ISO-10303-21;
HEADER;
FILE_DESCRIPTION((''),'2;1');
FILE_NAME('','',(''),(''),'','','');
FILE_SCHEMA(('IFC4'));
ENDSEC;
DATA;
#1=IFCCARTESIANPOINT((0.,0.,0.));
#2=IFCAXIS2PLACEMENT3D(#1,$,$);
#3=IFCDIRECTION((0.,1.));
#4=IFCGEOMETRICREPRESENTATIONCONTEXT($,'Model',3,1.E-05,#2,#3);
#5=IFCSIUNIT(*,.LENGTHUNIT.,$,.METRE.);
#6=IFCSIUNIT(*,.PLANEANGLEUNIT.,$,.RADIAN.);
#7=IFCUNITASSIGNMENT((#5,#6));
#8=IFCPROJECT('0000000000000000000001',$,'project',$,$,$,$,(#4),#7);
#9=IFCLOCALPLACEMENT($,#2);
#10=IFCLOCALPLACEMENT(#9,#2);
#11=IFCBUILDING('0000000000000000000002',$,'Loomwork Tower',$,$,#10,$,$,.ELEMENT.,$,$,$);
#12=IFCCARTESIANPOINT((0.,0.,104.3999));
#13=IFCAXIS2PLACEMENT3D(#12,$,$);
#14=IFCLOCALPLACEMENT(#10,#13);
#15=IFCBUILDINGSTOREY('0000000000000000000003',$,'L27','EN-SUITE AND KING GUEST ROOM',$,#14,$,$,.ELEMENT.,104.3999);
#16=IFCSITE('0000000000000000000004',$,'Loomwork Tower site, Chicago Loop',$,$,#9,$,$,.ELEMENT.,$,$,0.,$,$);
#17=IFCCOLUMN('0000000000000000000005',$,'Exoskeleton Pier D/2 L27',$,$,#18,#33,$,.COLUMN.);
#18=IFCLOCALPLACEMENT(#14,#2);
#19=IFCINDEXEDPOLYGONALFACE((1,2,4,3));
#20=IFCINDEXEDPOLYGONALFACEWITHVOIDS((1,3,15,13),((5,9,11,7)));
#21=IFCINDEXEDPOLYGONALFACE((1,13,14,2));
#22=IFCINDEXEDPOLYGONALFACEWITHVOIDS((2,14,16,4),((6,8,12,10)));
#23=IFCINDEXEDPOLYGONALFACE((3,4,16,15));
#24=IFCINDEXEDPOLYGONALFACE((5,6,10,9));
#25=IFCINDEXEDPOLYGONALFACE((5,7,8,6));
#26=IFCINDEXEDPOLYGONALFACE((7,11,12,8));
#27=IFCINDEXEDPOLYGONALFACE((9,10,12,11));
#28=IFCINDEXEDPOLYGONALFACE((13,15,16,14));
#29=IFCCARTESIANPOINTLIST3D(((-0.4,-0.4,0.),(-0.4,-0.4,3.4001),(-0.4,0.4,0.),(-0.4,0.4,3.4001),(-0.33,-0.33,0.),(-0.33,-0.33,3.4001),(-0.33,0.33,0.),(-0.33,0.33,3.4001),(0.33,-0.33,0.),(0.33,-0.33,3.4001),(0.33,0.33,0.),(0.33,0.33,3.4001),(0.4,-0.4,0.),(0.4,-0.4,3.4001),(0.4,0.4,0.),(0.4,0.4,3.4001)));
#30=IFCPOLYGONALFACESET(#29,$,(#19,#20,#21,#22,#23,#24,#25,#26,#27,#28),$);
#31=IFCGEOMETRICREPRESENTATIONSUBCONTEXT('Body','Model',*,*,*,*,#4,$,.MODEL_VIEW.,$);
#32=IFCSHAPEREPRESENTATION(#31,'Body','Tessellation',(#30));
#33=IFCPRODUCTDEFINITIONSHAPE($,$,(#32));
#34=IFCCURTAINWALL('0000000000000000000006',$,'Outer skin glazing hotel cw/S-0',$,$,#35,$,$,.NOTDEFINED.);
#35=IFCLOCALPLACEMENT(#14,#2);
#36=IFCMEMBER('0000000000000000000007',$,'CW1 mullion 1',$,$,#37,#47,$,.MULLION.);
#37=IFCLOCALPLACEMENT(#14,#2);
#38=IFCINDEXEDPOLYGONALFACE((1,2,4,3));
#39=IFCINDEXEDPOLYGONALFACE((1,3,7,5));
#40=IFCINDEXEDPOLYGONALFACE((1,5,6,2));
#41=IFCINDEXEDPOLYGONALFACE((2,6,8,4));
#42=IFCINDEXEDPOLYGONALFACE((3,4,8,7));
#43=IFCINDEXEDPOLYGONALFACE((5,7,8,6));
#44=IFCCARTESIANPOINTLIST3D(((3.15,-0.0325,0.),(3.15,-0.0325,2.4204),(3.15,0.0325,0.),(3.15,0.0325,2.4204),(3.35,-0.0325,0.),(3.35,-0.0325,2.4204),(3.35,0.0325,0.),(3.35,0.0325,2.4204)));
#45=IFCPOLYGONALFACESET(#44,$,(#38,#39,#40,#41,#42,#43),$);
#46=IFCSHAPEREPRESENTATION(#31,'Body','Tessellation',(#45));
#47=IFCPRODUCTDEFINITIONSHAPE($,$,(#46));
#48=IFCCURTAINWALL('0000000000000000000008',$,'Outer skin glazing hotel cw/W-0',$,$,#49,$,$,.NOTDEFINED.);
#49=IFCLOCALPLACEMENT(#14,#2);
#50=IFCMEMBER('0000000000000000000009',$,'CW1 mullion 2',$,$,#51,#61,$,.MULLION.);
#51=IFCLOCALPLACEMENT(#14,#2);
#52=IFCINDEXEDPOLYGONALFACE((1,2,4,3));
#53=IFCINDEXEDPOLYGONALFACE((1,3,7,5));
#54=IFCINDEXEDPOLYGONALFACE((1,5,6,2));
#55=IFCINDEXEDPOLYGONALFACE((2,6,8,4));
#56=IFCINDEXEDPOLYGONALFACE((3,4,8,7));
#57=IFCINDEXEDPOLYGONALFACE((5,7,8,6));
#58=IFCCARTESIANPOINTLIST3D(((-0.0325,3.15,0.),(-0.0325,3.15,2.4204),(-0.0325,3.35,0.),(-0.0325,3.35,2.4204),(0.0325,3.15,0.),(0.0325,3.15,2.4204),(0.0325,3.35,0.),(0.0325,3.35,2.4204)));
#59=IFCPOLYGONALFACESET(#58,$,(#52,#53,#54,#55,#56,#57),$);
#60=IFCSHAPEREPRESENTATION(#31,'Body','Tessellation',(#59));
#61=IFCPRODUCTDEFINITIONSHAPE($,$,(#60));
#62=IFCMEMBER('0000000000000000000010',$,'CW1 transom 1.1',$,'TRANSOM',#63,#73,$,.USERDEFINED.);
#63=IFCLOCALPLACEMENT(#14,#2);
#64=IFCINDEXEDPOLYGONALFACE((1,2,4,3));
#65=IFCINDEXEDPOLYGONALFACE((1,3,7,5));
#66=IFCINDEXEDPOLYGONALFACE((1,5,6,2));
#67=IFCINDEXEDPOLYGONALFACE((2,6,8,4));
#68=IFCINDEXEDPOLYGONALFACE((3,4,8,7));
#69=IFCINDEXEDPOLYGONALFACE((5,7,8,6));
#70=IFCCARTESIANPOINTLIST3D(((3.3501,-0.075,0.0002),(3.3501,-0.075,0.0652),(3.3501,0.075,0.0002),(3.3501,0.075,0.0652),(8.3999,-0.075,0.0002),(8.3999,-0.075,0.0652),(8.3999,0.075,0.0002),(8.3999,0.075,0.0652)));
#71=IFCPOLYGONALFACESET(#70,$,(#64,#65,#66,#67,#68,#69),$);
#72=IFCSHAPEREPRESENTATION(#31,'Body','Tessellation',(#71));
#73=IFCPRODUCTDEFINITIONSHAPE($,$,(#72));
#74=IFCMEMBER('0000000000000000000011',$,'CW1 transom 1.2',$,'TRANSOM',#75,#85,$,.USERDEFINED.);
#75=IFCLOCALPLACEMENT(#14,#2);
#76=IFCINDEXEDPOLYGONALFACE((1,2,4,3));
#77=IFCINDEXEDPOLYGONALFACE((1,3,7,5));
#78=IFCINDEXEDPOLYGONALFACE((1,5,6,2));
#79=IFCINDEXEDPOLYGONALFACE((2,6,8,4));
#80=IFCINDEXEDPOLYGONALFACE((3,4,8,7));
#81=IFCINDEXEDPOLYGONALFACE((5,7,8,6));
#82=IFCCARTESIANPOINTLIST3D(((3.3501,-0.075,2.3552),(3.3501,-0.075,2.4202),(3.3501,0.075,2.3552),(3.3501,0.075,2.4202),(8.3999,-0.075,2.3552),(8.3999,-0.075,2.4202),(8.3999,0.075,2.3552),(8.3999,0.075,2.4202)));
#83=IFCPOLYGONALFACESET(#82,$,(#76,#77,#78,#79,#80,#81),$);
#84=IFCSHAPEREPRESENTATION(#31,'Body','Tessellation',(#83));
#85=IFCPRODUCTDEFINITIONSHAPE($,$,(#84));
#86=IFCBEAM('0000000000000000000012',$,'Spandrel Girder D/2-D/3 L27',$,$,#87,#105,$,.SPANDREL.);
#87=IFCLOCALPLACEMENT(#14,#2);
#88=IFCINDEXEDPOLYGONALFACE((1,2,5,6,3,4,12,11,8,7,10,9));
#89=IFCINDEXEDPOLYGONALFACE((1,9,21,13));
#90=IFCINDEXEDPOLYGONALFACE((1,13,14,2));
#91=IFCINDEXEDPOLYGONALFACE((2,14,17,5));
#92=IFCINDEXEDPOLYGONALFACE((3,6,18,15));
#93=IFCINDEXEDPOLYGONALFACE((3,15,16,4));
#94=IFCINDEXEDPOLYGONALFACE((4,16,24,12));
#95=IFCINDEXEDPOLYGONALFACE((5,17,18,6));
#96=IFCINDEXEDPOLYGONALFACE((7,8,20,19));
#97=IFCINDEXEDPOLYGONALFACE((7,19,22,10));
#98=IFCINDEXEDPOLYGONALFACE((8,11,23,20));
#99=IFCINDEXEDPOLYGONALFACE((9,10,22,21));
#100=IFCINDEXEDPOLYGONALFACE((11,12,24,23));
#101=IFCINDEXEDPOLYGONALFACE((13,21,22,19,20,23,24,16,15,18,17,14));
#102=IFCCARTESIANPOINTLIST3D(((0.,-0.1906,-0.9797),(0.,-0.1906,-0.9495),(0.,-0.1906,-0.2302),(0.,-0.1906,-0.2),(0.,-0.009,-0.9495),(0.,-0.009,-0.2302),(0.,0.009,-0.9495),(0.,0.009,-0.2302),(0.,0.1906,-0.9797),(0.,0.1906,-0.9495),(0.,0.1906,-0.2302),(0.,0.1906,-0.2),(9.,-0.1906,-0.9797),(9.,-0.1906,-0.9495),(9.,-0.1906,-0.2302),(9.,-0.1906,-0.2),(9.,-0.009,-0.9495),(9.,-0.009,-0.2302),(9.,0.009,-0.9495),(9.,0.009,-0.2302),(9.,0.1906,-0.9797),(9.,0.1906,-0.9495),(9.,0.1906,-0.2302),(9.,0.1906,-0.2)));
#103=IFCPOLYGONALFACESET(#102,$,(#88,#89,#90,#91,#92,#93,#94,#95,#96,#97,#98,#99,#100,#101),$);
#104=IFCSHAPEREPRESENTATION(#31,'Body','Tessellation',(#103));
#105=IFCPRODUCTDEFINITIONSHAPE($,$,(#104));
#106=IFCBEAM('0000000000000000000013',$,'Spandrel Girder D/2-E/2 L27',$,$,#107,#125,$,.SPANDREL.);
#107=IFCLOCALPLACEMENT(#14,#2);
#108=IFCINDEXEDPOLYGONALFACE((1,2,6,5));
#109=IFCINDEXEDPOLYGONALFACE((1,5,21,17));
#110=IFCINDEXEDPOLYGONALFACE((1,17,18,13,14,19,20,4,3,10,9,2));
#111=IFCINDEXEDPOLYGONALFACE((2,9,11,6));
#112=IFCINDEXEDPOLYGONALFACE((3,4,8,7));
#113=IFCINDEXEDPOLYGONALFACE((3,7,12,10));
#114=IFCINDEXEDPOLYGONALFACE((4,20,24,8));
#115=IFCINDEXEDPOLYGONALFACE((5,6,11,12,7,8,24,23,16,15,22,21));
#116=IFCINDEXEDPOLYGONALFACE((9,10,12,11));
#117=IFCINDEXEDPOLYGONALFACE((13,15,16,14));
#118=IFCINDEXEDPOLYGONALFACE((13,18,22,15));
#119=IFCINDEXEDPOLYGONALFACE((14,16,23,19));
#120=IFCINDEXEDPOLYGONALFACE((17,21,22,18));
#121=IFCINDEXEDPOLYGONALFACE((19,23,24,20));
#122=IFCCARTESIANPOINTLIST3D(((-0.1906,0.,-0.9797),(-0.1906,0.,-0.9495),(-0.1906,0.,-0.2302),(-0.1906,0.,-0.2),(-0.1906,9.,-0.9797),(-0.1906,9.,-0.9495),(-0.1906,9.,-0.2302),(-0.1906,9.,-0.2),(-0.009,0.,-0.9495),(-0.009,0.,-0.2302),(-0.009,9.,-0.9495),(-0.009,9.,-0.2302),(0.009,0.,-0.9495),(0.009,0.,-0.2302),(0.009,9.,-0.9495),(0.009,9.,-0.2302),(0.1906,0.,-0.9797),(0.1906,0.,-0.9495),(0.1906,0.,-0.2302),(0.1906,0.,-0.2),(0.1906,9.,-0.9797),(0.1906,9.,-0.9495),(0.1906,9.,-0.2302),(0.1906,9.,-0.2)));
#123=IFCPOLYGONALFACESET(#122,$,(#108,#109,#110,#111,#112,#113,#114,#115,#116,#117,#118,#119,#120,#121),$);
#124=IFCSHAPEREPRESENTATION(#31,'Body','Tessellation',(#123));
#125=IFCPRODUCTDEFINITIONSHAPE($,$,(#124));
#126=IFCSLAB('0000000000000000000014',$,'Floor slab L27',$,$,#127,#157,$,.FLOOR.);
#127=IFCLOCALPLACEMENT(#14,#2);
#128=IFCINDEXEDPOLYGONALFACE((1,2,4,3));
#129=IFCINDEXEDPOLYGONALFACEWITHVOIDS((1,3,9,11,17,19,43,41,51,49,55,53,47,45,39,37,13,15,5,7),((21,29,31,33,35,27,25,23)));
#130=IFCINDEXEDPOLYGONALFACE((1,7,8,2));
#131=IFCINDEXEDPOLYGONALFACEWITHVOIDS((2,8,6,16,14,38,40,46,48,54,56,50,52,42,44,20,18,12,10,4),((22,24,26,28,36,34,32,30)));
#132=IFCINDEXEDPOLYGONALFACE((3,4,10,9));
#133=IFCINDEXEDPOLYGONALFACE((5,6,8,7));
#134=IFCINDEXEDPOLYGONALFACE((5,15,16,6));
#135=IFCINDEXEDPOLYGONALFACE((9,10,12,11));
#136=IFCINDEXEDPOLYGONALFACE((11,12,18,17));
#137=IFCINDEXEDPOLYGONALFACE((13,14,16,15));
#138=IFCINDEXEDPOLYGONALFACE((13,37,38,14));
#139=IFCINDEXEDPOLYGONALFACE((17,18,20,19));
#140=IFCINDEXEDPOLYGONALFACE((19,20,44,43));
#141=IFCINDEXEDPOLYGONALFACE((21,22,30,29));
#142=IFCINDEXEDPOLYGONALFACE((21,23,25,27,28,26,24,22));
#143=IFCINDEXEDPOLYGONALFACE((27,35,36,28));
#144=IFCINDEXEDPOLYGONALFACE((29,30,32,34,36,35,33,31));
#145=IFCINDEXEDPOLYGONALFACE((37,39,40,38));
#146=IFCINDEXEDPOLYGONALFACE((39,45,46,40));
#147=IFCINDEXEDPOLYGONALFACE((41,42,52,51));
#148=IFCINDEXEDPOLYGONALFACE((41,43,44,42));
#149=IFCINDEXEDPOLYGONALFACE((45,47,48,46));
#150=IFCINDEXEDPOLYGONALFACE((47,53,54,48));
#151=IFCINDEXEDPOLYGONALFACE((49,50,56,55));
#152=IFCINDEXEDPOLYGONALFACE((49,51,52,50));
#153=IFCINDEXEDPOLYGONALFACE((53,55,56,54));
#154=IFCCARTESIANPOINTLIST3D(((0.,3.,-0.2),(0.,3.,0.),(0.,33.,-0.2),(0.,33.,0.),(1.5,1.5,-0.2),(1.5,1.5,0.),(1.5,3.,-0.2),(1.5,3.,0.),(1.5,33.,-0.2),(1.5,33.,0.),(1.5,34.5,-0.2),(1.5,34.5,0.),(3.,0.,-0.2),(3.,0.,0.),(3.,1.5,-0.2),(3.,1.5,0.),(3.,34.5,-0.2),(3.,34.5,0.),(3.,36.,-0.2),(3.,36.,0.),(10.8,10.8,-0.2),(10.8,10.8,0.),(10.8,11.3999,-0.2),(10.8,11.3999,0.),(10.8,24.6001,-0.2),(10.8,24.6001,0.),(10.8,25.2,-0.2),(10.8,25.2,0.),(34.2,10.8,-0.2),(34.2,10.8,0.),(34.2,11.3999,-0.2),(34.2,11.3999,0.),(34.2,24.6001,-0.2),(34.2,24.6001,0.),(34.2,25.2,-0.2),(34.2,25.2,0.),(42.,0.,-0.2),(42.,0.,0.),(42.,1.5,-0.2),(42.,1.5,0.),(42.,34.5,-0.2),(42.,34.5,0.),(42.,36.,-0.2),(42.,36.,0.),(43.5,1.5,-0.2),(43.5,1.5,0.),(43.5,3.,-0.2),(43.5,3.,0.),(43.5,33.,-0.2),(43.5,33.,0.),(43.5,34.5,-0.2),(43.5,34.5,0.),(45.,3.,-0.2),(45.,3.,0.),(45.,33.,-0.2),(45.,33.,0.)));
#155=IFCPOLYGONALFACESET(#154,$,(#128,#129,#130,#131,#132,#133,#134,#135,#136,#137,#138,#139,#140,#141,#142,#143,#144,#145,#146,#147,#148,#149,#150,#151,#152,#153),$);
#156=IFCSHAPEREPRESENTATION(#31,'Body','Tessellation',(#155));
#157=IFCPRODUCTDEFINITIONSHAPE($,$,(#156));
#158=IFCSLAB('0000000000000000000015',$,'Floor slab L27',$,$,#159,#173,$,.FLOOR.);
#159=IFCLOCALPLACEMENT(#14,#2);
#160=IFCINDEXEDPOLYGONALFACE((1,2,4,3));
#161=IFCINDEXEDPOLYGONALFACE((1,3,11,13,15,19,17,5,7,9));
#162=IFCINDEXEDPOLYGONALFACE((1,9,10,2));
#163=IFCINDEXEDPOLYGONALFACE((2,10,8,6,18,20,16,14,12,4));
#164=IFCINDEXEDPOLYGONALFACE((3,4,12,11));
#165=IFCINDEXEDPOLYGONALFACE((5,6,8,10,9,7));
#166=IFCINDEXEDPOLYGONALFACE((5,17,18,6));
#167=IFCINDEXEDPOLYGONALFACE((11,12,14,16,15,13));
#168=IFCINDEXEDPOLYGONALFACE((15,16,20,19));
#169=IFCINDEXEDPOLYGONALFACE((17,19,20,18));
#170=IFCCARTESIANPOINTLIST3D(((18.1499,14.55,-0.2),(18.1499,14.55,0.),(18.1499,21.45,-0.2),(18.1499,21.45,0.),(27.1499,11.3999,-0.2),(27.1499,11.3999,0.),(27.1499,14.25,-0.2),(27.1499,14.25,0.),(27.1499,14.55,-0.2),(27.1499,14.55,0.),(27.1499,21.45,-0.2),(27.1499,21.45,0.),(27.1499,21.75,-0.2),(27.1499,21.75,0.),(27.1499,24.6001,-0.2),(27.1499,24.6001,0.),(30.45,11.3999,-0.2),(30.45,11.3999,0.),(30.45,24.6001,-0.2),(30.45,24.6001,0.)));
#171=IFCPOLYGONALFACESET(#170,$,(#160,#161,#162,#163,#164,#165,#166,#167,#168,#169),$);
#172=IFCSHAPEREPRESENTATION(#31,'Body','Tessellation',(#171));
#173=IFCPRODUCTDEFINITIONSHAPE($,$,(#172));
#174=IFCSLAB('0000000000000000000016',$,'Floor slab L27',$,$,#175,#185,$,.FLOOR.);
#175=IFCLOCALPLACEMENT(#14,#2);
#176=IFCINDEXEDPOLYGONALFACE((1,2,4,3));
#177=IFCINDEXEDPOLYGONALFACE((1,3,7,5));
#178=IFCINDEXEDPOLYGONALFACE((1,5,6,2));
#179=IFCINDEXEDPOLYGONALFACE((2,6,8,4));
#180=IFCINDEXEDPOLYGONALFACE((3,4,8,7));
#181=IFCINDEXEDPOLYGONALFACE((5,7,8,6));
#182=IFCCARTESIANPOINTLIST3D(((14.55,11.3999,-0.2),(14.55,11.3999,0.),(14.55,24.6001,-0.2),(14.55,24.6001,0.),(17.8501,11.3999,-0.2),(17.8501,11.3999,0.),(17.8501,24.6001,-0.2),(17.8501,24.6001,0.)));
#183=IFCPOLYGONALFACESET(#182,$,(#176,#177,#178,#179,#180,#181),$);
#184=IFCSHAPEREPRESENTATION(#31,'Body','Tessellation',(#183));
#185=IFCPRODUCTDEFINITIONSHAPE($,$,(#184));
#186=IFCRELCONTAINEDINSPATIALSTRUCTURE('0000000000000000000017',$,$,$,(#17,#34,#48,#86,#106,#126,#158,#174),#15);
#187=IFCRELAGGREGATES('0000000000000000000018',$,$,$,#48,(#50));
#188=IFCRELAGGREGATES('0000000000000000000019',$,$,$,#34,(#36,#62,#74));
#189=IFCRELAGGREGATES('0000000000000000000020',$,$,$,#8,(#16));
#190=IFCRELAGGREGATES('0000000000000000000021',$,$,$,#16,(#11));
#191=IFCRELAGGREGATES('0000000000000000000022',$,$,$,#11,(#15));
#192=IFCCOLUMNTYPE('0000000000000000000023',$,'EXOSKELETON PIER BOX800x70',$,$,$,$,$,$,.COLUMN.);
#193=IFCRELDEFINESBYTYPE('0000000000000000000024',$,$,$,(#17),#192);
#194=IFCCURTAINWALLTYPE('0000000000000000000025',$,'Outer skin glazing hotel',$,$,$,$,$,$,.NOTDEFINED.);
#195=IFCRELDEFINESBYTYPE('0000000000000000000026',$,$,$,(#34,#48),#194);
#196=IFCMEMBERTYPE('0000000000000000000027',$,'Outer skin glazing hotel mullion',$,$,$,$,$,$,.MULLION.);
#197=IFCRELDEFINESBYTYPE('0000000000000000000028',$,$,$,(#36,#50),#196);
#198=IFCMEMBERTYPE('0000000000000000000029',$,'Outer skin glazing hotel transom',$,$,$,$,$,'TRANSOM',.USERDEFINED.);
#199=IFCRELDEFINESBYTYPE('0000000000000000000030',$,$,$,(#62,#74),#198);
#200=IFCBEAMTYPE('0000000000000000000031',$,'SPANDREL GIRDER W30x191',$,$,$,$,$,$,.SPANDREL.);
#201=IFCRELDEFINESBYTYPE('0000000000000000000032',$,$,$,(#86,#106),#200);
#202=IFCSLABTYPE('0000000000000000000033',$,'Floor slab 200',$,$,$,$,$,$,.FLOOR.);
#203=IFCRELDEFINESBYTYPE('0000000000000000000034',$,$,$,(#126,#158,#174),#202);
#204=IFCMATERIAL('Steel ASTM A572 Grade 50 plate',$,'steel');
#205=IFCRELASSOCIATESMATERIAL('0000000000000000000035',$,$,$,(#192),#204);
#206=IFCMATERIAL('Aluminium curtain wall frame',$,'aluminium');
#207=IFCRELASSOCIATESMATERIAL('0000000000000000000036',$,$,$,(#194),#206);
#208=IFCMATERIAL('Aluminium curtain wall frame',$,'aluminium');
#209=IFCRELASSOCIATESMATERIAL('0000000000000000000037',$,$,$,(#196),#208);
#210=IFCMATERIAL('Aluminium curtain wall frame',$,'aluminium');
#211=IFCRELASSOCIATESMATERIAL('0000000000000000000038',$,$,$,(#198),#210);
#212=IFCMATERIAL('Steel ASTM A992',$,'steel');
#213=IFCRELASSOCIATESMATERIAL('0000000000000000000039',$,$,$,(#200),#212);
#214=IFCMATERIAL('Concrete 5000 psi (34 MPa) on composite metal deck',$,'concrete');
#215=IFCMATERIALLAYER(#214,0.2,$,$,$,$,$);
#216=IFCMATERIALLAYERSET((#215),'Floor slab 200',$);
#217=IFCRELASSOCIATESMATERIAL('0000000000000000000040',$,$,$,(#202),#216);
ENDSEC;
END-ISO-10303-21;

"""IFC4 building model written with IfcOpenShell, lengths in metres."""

from ifc_helpers import new_model, si_unit, direction, frame, origin, origin_with_axes, origin_2d, place, context, subcontext, project, spatial, polyline, rectangle, hollow_rectangle, i_section, outline, extrude, material, layer, layer_set, material_profile, profile_set, type_object, element, aggregate, save


model = new_model("IFC4")

# Units and contexts
model_context = context("Model", 3, precision=1e-05, world=origin(), true_north=direction((0.0, 1.0)))
body_context = subcontext(model_context, "Body", "Model", "MODEL_VIEW")
ifc_project = project(units=[si_unit("LENGTHUNIT", "METRE"), si_unit("PLANEANGLEUNIT", "RADIAN")], contexts=[model_context])

# Site, building, storey
site_placement = place(None, origin())
site = spatial("IfcSite", under=ifc_project, at=site_placement, Name="Loomwork Tower site, Chicago Loop", CompositionType="ELEMENT", RefElevation=0.0)
building_placement = place(site_placement, origin())
building = spatial("IfcBuilding", under=site, at=building_placement, Name="Loomwork Tower", CompositionType="ELEMENT")
storey_placement = place(building_placement, frame((0.0, 0.0, 104.3999)))
storey = spatial("IfcBuildingStorey", under=building, at=storey_placement, Name="L27", Description="EN-SUITE AND KING GUEST ROOM", CompositionType="ELEMENT", Elevation=104.3999)

# Column
ifc_material_1 = material(Name="Steel ASTM A572 Grade 50 plate", Category="steel")
ifc_material_profile_1 = material_profile(ifc_material_1, hollow_rectangle(XDim=0.8, YDim=0.8, WallThickness=0.0701, at=origin_2d()), Name="BOX800x70")
ifc_profile_set_1 = profile_set([ifc_material_profile_1], Name="Steel ASTM A572 Grade 50 plate")
column_type = type_object("IfcColumnType", Name="EXOSKELETON PIER BOX800x70", PredefinedType="COLUMN", material=ifc_profile_set_1)
column_placement = place(storey_placement, origin_with_axes())
element("IfcColumn", 1, at=column_placement, inside=storey, type_object=column_type, Name="Exoskeleton Pier D/2 L27", PredefinedType="COLUMN", context=body_context, shape_type="SweptSolid", body=[
    extrude(hollow_rectangle(XDim=0.8, YDim=0.8, WallThickness=0.0701, at=origin_2d()), origin(), (0.0, 0.0, 1.0), 3.4001),
])

# Curtain walls, members
ifc_material_2 = material(Name="Aluminium curtain wall frame", Category="aluminium")
curtain_wall_type = type_object("IfcCurtainWallType", Name="Outer skin glazing hotel", PredefinedType="NOTDEFINED", material=ifc_material_2)
curtain_wall_1_placement = place(storey_placement, origin())
curtain_wall_1 = element("IfcCurtainWall", 2, at=curtain_wall_1_placement, inside=storey, type_object=curtain_wall_type, Name="Outer skin glazing hotel cw/S-0", PredefinedType="NOTDEFINED")
ifc_material_3 = material(Name="Aluminium curtain wall frame", Category="aluminium")
ifc_material_profile_2 = material_profile(ifc_material_3, rectangle(XDim=0.0649, YDim=0.2, at=origin_2d()), Name="AL 65x200")
ifc_profile_set_2 = profile_set([ifc_material_profile_2], Name="Aluminium curtain wall frame")
member_type_1 = type_object("IfcMemberType", Name="Outer skin glazing hotel mullion", PredefinedType="MULLION", material=ifc_profile_set_2)
member_1_placement = place(storey_placement, frame((3.25, 0.0, 0.0), z_axis=(0.0, 0.0, 1.0), x_axis=(0.0, 1.0, 0.0)))
member_1 = element("IfcMember", 3, at=member_1_placement, type_object=member_type_1, Name="CW1 mullion 1", PredefinedType="MULLION", context=body_context, shape_type="SweptSolid", body=[
    extrude(rectangle(XDim=0.0649, YDim=0.2, at=origin_2d()), origin(), (0.0, 0.0, 1.0), 2.4204),
])
curtain_wall_2_placement = place(storey_placement, origin())
curtain_wall_2 = element("IfcCurtainWall", 4, at=curtain_wall_2_placement, inside=storey, type_object=curtain_wall_type, Name="Outer skin glazing hotel cw/W-0", PredefinedType="NOTDEFINED")
member_2_placement = place(storey_placement, frame((0.0, 3.25, 0.0), z_axis=(0.0, 0.0, 1.0), x_axis=(1.0, 0.0, 0.0)))
member_2 = element("IfcMember", 5, at=member_2_placement, type_object=member_type_1, Name="CW1 mullion 2", PredefinedType="MULLION", context=body_context, shape_type="SweptSolid", body=[
    extrude(rectangle(XDim=0.0649, YDim=0.2, at=origin_2d()), origin(), (0.0, 0.0, 1.0), 2.4204),
])
aggregate(curtain_wall_2, [member_2])

# Members
ifc_material_4 = material(Name="Aluminium curtain wall frame", Category="aluminium")
ifc_material_profile_3 = material_profile(ifc_material_4, rectangle(XDim=0.1499, YDim=0.0649, at=origin_2d()), Name="AL 65x150")
ifc_profile_set_3 = profile_set([ifc_material_profile_3], Name="Aluminium curtain wall frame")
member_type_2 = type_object("IfcMemberType", Name="Outer skin glazing hotel transom", ElementType="TRANSOM", PredefinedType="USERDEFINED", material=ifc_profile_set_3)
member_3_placement = place(storey_placement, frame((3.3501, 0.0, 0.0327), z_axis=(1.0, 0.0, 0.0), x_axis=(0.0, 1.0, 0.0)))
member_3 = element("IfcMember", 6, at=member_3_placement, type_object=member_type_2, Name="CW1 transom 1.1", ObjectType="TRANSOM", PredefinedType="USERDEFINED", context=body_context, shape_type="SweptSolid", body=[
    extrude(rectangle(XDim=0.1499, YDim=0.0649, at=origin_2d()), origin(), (0.0, 0.0, 1.0), 5.0498),
])
member_4_placement = place(storey_placement, frame((3.3501, 0.0, 2.3877), z_axis=(1.0, 0.0, 0.0), x_axis=(0.0, 1.0, 0.0)))
member_4 = element("IfcMember", 7, at=member_4_placement, type_object=member_type_2, Name="CW1 transom 1.2", ObjectType="TRANSOM", PredefinedType="USERDEFINED", context=body_context, shape_type="SweptSolid", body=[
    extrude(rectangle(XDim=0.1499, YDim=0.0649, at=origin_2d()), origin(), (0.0, 0.0, 1.0), 5.0498),
])

# Beams
ifc_material_5 = material(Name="Steel ASTM A992", Category="steel")
ifc_material_profile_4 = material_profile(ifc_material_5, i_section(OverallWidth=0.3811, OverallDepth=0.7798, WebThickness=0.0181, FlangeThickness=0.0303, at=origin_2d()), Name="W30x191")
ifc_profile_set_4 = profile_set([ifc_material_profile_4], Name="Steel ASTM A992")
beam_type = type_object("IfcBeamType", Name="SPANDREL GIRDER W30x191", PredefinedType="SPANDREL", material=ifc_profile_set_4)
for number, where, z_axis, x_axis, name in (
    (8, (0.0, 0.0, -0.5898), (1.0, 0.0, 0.0), (0.0, 1.0, 0.0), "Spandrel Girder D/2-D/3 L27"),
    (9, (0.0, 0.0, -0.5898), (0.0, 1.0, 0.0), (-1.0, 0.0, 0.0), "Spandrel Girder D/2-E/2 L27"),
):
    element("IfcBeam", number, at=place(storey_placement, frame(where, z_axis=z_axis, x_axis=x_axis)), inside=storey, type_object=beam_type, Name=name, PredefinedType="SPANDREL", context=body_context, shape_type="SweptSolid", body=[
        extrude(i_section(OverallWidth=0.3811, OverallDepth=0.7798, WebThickness=0.0181, FlangeThickness=0.0303, at=origin_2d()), origin(), (0.0, 0.0, 1.0), 9.0),
    ])

# Slabs
ifc_material_6 = material(Name="Concrete 5000 psi (34 MPa) on composite metal deck", Category="concrete")
ifc_layer_1 = layer(ifc_material_6, 0.2)
ifc_layer_set_1 = layer_set([ifc_layer_1], Name="Floor slab 200")
slab_type_1 = type_object("IfcSlabType", Name="Floor slab 200", PredefinedType="FLOOR", material=ifc_layer_set_1)
slab_1_placement = place(storey_placement, frame((0.0, 0.0, -0.2)))
element("IfcSlab", 10, at=slab_1_placement, inside=storey, type_object=slab_type_1, Name="Floor slab L27", PredefinedType="FLOOR", context=body_context, shape_type="SweptSolid", body=[
    extrude(outline(polyline([(3.0, 1.5), (1.5, 1.5), (1.5, 3.0), (0.0, 3.0), (0.0, 33.0), (1.5, 33.0), (1.5, 34.5), (3.0, 34.5), (3.0, 36.0), (42.0, 36.0), (42.0, 34.5), (43.5, 34.5), (43.5, 33.0), (45.0, 33.0), (45.0, 3.0), (43.5, 3.0), (43.5, 1.5), (42.0, 1.5), (42.0, 0.0), (3.0, 0.0), (3.0, 1.5)]), holes=[polyline([(10.8, 11.3999), (10.8, 11.3999), (10.8, 10.8), (34.2, 10.8), (34.2, 11.3999), (34.2, 11.3999), (34.2, 24.6001), (34.2, 25.2), (10.8, 25.2), (10.8, 24.6001), (10.8, 11.3999)])]), origin(), (0.0, 0.0, 1.0), 0.2),
])
slab_2_placement = place(storey_placement, frame((0.0, 0.0, -0.2)))
element("IfcSlab", 11, at=slab_2_placement, inside=storey, type_object=slab_type_1, Name="Floor slab L27", PredefinedType="FLOOR", context=body_context, shape_type="SweptSolid", body=[
    extrude(outline(polyline([(30.45, 24.6001), (30.45, 11.3999), (27.1499, 11.3999), (27.1499, 14.25), (27.1499, 14.55), (18.1499, 14.55), (18.1499, 21.45), (27.1499, 21.45), (27.1499, 21.75), (27.1499, 24.6001), (30.45, 24.6001)])), origin(), (0.0, 0.0, 1.0), 0.2),
])
slab_3_placement = place(storey_placement, frame((0.0, 0.0, -0.2)))
element("IfcSlab", 12, at=slab_3_placement, inside=storey, type_object=slab_type_1, Name="Floor slab L27", PredefinedType="FLOOR", context=body_context, shape_type="SweptSolid", body=[
    extrude(outline(polyline([(14.55, 11.3999), (14.55, 24.6001), (17.8501, 24.6001), (17.8501, 11.3999), (14.55, 11.3999)])), origin(), (0.0, 0.0, 1.0), 0.2),
])

aggregate(curtain_wall_1, [member_1, member_3, member_4])

save(model, "model.ifc")
